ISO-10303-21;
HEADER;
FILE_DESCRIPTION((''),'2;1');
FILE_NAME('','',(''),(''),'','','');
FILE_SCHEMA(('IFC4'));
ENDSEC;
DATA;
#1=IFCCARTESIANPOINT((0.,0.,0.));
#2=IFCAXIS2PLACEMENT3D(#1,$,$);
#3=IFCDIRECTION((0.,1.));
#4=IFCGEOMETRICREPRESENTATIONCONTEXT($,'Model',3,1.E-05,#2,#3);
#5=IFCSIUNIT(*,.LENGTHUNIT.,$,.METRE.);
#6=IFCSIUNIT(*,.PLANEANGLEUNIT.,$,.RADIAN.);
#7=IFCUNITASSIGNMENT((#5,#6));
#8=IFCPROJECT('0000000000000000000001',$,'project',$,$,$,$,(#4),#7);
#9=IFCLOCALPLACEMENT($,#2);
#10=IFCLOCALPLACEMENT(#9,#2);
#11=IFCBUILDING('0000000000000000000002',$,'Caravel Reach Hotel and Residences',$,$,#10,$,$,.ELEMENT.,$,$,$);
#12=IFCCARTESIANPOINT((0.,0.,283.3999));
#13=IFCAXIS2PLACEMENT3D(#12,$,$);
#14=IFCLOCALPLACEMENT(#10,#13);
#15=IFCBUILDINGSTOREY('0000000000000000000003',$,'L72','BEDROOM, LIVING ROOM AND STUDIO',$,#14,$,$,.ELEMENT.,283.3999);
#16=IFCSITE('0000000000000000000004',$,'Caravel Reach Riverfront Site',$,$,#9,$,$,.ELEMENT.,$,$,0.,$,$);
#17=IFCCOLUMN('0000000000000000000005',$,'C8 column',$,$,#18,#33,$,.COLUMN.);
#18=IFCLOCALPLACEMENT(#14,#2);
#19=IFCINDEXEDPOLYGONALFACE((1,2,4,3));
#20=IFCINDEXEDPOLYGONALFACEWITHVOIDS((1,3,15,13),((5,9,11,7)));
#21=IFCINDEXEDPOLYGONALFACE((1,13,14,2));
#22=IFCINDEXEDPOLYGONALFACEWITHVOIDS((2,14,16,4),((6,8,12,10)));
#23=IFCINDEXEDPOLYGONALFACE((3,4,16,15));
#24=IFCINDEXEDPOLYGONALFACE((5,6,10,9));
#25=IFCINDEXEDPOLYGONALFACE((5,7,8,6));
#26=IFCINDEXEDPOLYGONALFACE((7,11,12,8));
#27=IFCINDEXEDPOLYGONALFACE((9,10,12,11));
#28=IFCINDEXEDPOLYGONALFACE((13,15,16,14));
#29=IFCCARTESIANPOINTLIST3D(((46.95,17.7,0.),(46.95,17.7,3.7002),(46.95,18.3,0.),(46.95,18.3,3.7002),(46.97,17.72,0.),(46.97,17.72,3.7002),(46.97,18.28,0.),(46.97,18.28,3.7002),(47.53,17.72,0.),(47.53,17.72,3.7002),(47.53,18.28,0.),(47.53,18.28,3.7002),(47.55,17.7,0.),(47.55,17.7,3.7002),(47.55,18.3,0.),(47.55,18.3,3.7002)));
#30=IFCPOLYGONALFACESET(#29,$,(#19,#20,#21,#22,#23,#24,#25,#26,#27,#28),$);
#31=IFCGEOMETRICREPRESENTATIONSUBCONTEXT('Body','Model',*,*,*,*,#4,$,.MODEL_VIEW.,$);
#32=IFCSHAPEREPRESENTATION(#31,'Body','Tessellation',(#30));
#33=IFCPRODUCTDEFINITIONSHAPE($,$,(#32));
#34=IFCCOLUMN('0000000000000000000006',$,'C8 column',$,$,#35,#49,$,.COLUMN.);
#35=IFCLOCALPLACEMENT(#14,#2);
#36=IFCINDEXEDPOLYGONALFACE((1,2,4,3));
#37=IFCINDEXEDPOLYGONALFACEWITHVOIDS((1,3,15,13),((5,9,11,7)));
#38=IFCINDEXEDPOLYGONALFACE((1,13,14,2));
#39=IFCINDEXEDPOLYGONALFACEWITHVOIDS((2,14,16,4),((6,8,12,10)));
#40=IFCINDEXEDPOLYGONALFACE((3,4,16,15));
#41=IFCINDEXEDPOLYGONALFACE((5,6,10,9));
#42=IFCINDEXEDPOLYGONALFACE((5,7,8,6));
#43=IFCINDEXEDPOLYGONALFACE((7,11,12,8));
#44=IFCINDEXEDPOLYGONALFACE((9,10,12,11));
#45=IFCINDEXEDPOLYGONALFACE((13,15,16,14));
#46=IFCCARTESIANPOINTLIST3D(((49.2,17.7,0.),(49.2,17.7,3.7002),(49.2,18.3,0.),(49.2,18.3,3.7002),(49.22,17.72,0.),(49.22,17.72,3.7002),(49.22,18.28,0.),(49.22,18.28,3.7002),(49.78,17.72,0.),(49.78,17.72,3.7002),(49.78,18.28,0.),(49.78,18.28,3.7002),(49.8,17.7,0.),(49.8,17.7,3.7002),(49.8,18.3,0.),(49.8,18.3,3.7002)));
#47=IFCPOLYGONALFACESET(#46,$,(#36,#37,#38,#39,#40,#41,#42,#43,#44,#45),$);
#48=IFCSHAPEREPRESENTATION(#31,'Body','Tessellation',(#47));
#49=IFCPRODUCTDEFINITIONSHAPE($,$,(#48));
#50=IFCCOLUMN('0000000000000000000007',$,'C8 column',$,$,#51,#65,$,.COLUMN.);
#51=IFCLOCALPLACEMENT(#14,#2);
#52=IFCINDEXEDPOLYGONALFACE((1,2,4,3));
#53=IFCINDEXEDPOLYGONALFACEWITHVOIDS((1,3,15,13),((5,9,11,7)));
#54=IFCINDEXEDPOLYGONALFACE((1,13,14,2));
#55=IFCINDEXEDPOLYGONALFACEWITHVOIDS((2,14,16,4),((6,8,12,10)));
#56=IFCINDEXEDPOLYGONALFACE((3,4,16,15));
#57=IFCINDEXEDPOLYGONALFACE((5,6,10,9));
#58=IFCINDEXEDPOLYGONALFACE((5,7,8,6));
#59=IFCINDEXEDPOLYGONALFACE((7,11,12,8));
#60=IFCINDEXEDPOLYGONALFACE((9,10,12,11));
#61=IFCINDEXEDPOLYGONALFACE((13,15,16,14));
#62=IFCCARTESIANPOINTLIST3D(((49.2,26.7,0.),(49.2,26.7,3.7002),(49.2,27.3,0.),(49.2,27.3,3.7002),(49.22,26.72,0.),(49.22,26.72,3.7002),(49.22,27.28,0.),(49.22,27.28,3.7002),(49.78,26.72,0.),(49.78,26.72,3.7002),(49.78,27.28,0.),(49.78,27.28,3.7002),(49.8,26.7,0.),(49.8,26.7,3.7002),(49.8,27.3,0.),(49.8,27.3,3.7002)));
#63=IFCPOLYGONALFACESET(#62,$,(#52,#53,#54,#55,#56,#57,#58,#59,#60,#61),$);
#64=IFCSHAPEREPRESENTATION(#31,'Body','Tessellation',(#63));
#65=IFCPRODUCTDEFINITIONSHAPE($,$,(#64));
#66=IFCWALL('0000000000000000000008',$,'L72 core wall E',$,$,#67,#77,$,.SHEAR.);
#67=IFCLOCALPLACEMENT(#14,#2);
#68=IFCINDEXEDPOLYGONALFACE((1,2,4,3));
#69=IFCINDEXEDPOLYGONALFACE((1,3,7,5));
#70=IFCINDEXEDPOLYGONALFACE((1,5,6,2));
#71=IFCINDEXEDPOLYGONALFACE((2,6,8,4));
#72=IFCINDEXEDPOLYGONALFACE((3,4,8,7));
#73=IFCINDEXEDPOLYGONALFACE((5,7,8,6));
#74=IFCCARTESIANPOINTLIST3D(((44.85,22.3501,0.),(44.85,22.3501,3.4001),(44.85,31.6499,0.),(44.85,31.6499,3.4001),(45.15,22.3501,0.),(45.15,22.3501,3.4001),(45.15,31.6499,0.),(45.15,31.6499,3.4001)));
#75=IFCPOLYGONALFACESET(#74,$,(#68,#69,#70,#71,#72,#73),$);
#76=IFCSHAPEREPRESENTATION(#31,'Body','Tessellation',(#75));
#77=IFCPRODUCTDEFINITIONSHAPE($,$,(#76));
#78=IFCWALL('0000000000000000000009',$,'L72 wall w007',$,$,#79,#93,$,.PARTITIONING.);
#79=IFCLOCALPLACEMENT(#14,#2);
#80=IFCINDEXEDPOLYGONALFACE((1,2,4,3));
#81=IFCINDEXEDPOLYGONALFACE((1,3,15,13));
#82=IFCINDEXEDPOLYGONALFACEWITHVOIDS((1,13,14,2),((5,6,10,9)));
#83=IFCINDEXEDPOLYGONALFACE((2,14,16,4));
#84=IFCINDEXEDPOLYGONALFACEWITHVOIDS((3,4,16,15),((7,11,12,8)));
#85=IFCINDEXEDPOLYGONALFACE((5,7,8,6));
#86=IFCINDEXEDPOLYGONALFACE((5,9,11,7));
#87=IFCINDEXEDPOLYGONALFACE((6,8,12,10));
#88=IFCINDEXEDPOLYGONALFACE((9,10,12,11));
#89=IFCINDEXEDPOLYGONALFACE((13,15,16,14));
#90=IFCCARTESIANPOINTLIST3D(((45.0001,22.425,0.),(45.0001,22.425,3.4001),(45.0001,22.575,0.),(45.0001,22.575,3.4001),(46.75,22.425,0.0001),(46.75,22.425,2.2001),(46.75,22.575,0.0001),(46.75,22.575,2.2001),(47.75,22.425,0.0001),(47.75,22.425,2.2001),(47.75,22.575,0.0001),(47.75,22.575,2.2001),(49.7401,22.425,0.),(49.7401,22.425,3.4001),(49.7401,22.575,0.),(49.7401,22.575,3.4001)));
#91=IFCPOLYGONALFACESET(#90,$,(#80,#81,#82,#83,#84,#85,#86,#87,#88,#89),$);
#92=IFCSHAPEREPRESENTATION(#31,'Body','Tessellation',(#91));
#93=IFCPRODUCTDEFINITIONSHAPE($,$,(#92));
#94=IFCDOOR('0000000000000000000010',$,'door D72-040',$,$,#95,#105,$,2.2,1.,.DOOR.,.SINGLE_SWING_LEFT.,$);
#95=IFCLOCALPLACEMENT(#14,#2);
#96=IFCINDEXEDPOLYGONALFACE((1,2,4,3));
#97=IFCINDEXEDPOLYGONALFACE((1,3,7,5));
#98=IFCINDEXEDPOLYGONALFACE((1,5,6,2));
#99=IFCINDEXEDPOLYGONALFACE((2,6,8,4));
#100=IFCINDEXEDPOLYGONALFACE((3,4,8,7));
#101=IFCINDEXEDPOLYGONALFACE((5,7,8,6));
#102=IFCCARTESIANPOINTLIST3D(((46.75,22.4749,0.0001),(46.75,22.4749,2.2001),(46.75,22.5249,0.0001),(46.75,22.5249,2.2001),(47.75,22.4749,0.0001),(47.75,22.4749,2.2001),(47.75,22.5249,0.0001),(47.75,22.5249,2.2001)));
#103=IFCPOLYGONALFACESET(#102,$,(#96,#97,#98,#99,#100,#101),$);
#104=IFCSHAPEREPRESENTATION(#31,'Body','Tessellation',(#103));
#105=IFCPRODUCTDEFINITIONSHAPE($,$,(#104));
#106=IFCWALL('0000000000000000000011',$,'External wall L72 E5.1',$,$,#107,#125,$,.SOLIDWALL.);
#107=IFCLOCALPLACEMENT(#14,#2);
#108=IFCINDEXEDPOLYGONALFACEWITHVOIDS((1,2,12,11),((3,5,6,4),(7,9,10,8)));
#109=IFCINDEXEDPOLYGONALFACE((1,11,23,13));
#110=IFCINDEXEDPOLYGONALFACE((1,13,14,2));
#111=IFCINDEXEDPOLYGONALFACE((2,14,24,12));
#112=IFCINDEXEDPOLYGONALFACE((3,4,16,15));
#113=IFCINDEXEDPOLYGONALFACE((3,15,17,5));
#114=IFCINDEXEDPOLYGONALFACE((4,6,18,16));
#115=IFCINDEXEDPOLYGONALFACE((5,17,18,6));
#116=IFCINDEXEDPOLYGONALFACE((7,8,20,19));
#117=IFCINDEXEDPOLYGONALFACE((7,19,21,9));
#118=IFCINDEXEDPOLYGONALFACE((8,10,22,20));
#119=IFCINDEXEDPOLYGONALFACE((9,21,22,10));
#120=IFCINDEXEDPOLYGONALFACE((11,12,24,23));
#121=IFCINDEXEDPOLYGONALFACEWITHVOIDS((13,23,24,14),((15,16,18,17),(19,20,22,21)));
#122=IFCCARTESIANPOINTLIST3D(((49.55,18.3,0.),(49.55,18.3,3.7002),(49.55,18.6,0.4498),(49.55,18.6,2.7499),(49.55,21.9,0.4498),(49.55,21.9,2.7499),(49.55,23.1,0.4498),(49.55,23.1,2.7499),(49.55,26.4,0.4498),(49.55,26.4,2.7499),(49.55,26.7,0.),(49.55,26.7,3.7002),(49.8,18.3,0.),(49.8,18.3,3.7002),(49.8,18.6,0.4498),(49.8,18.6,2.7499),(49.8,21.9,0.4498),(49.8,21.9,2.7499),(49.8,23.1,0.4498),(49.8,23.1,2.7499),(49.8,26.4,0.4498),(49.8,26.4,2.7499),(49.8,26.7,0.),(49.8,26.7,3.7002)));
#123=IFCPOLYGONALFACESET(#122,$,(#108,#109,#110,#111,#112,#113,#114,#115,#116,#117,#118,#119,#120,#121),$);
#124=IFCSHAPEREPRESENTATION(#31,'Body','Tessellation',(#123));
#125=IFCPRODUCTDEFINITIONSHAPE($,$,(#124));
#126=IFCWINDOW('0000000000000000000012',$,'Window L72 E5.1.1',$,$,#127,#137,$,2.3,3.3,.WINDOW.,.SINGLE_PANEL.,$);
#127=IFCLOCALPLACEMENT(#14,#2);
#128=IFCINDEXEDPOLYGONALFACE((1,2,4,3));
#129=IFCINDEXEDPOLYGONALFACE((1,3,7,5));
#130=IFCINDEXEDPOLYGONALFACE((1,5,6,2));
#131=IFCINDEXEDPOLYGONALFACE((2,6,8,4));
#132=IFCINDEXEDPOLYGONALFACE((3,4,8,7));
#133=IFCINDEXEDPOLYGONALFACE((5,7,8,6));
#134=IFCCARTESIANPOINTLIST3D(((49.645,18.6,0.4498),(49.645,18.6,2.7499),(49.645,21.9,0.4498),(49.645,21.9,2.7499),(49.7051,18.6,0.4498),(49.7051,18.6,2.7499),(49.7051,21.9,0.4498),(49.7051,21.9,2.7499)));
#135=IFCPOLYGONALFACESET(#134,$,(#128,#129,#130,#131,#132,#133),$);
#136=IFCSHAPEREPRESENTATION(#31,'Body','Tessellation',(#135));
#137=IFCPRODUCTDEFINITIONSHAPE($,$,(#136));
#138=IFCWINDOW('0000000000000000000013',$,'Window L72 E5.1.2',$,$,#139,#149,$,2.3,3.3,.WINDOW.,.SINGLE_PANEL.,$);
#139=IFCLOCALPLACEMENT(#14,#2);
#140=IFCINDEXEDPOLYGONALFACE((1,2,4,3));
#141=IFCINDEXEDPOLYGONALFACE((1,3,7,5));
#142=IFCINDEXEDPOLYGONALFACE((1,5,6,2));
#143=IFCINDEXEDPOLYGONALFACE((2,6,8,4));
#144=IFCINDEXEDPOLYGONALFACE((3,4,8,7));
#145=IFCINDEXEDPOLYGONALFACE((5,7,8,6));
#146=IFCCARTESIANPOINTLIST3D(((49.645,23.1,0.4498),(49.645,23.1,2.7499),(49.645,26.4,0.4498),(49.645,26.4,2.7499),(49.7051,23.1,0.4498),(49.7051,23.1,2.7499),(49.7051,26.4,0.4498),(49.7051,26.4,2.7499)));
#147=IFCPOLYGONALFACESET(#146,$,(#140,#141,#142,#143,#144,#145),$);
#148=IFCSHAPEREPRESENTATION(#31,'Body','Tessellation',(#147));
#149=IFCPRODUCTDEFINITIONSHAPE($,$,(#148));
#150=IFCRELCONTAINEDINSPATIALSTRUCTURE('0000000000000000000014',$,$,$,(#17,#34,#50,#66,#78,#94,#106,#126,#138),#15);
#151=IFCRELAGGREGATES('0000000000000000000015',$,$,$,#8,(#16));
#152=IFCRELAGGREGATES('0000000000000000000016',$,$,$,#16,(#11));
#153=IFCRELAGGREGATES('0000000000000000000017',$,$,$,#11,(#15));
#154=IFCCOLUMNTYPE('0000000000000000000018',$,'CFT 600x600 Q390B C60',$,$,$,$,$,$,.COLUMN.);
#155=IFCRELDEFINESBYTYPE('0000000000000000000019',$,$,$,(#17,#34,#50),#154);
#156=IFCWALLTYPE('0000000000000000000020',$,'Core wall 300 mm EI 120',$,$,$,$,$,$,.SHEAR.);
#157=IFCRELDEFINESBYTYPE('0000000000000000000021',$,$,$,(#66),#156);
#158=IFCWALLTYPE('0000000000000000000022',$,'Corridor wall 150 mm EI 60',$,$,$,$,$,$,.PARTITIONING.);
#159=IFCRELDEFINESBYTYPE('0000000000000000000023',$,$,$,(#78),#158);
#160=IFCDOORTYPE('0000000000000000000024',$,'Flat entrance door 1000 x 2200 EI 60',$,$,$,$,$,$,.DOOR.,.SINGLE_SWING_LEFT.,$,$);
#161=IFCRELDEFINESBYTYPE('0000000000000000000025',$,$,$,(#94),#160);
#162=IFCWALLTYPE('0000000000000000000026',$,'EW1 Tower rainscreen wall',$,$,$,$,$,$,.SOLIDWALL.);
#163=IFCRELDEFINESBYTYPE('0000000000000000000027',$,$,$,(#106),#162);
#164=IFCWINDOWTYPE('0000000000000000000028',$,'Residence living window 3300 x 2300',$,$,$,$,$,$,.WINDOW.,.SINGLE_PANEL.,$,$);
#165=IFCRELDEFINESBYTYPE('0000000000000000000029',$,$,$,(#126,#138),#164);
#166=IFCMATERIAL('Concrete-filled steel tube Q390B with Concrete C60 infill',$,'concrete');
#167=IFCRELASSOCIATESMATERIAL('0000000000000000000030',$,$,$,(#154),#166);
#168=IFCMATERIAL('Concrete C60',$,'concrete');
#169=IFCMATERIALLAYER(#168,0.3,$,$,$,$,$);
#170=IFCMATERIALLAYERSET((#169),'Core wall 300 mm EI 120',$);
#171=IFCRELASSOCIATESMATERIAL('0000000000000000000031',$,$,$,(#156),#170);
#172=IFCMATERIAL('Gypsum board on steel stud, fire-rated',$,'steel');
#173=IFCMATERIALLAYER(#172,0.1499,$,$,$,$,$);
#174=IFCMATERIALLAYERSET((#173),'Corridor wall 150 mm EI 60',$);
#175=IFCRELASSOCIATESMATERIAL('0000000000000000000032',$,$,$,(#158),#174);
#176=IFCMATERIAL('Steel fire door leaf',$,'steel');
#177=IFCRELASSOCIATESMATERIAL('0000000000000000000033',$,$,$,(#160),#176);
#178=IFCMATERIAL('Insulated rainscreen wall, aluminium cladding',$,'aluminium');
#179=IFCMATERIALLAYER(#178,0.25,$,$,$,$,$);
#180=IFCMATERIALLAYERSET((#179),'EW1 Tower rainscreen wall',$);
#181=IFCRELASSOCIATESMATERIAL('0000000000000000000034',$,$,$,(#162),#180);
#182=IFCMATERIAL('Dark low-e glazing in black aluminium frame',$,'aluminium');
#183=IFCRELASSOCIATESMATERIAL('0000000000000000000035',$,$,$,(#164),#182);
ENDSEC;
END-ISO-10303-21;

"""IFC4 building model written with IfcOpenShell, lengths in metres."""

from ifc_helpers import new_model, si_unit, direction, frame, frame_2d, origin, origin_2d, place, context, subcontext, project, spatial, rectangle, hollow_rectangle, extrude, material, layer, layer_set, material_profile, profile_set, type_object, element, fill, save


model = new_model("IFC4")

# Units and contexts
model_context = context("Model", 3, precision=1e-05, world=origin(), true_north=direction((0.0, 1.0)))
body_context = subcontext(model_context, "Body", "Model", "MODEL_VIEW")
ifc_project = project(units=[si_unit("LENGTHUNIT", "METRE"), si_unit("PLANEANGLEUNIT", "RADIAN")], contexts=[model_context])

# Site, building, storey
site_placement = place(None, origin())
site = spatial("IfcSite", under=ifc_project, at=site_placement, Name="Caravel Reach Riverfront Site", CompositionType="ELEMENT", RefElevation=0.0)
building_placement = place(site_placement, origin())
building = spatial("IfcBuilding", under=site, at=building_placement, Name="Caravel Reach Hotel and Residences", CompositionType="ELEMENT")
storey_placement = place(building_placement, frame((0.0, 0.0, 283.3999)))
storey = spatial("IfcBuildingStorey", under=building, at=storey_placement, Name="L72", Description="BEDROOM, LIVING ROOM AND STUDIO", CompositionType="ELEMENT", Elevation=283.3999)

# Columns
ifc_material_1 = material(Name="Concrete-filled steel tube Q390B with Concrete C60 infill", Category="concrete")
ifc_material_profile = material_profile(ifc_material_1, hollow_rectangle(XDim=0.6001, YDim=0.6001, WallThickness=0.02, at=origin_2d()), Name="RHS 600x600x20")
ifc_profile_set = profile_set([ifc_material_profile], Name="Concrete-filled steel tube Q390B with Concrete C60 infill")
column_type = type_object("IfcColumnType", Name="CFT 600x600 Q390B C60", PredefinedType="COLUMN", material=ifc_profile_set)
for number, where, z_axis, x_axis, name in (
    (1, (47.25, 18.0, 0.0), (0.0, 0.0, 1.0), (1.0, 0.0, 0.0), "C8 column"),
    (2, (49.5, 18.0, 0.0), (0.0, 0.0, 1.0), (1.0, 0.0, 0.0), "C8 column"),
    (3, (49.5, 27.0, 0.0), (0.0, 0.0, 1.0), (1.0, 0.0, 0.0), "C8 column"),
):
    element("IfcColumn", number, at=place(storey_placement, frame(where, z_axis=z_axis, x_axis=x_axis)), inside=storey, type_object=column_type, Name=name, PredefinedType="COLUMN", context=body_context, shape_type="SweptSolid", body=[
        extrude(hollow_rectangle(XDim=0.6001, YDim=0.6001, WallThickness=0.02, at=origin_2d()), origin(), (0.0, 0.0, 1.0), 3.7002),
    ])

# Wall
ifc_material_2 = material(Name="Concrete C60", Category="concrete")
ifc_layer_1 = layer(ifc_material_2, 0.3)
ifc_layer_set_1 = layer_set([ifc_layer_1], Name="Core wall 300 mm EI 120")
wall_type_1 = type_object("IfcWallType", Name="Core wall 300 mm EI 120", PredefinedType="SHEAR", material=ifc_layer_set_1)
wall_1_placement = place(storey_placement, frame((45.0, 22.3501, 0.0), z_axis=(0.0, 0.0, 1.0), x_axis=(0.0, 1.0, 0.0)))
element("IfcWall", 4, at=wall_1_placement, inside=storey, type_object=wall_type_1, Name="L72 core wall E", PredefinedType="SHEAR", context=body_context, shape_type="SweptSolid", body=[
    extrude(rectangle(XDim=9.2998, YDim=0.3, at=frame_2d((4.6499, 0.0))), origin(), (0.0, 0.0, 1.0), 3.4001),
])

# Wall, opening, door
ifc_material_3 = material(Name="Gypsum board on steel stud, fire-rated", Category="steel")
ifc_layer_2 = layer(ifc_material_3, 0.1499)
ifc_layer_set_2 = layer_set([ifc_layer_2], Name="Corridor wall 150 mm EI 60")
wall_type_2 = type_object("IfcWallType", Name="Corridor wall 150 mm EI 60", PredefinedType="PARTITIONING", material=ifc_layer_set_2)
wall_2_placement = place(storey_placement, frame((45.0, 22.5, 0.0), z_axis=(0.0, 0.0, 1.0), x_axis=(1.0, 0.0, 0.0)))
wall_2 = element("IfcWall", 5, at=wall_2_placement, inside=storey, type_object=wall_type_2, Name="L72 wall w007", PredefinedType="PARTITIONING", context=body_context, shape_type="SweptSolid", body=[
    extrude(rectangle(XDim=4.74, YDim=0.1499, at=frame_2d((2.3701, 0.0))), origin(), (0.0, 0.0, 1.0), 3.4001),
])
opening_1_placement = place(wall_2_placement, frame((1.75, 0.0, 0.0)))
opening_1 = element("IfcOpeningElement", 6, at=opening_1_placement, cuts=wall_2, PredefinedType="OPENING", context=body_context, shape_type="SweptSolid", body=[
    extrude(rectangle(XDim=1.0, YDim=2.2, at=frame_2d((0.5, 1.1001))), frame((0.0, 0.085, 0.0), z_axis=(0.0, -1.0, 0.0), x_axis=(1.0, 0.0, 0.0)), (0.0, 0.0, 1.0), 0.1699),
])
ifc_material_4 = material(Name="Steel fire door leaf", Category="steel")
door_type = type_object("IfcDoorType", Name="Flat entrance door 1000 x 2200 EI 60", OperationType="SINGLE_SWING_LEFT", PredefinedType="DOOR", material=ifc_material_4)
door_placement = place(opening_1_placement, origin())
door = element("IfcDoor", 7, at=door_placement, inside=storey, type_object=door_type, Name="door D72-040", OperationType="SINGLE_SWING_LEFT", OverallHeight=2.2, OverallWidth=1.0, PredefinedType="DOOR", context=body_context, shape_type="SweptSolid", body=[
    extrude(rectangle(XDim=1.0, YDim=2.2, at=frame_2d((0.5, 1.1001))), frame((0.0, 0.0249, 0.0), z_axis=(0.0, -1.0, 0.0), x_axis=(1.0, 0.0, 0.0)), (0.0, 0.0, 1.0), 0.05),
])
fill(opening_1, door)

# Wall, openings, windows
ifc_material_5 = material(Name="Insulated rainscreen wall, aluminium cladding", Category="aluminium")
ifc_layer_3 = layer(ifc_material_5, 0.25)
ifc_layer_set_3 = layer_set([ifc_layer_3], Name="EW1 Tower rainscreen wall")
wall_type_3 = type_object("IfcWallType", Name="EW1 Tower rainscreen wall", PredefinedType="SOLIDWALL", material=ifc_layer_set_3)
wall_3_placement = place(storey_placement, frame((49.675, 18.3, 0.0), z_axis=(0.0, 0.0, 1.0), x_axis=(0.0, 1.0, 0.0)))
wall_3 = element("IfcWall", 8, at=wall_3_placement, inside=storey, type_object=wall_type_3, Name="External wall L72 E5.1", PredefinedType="SOLIDWALL", context=body_context, shape_type="SweptSolid", body=[
    extrude(rectangle(XDim=8.3999, YDim=0.25, at=frame_2d((4.2, 0.0))), origin(), (0.0, 0.0, 1.0), 3.7002),
])
opening_2_placement = place(wall_3_placement, frame((0.3, 0.0, 0.45)))
opening_2 = element("IfcOpeningElement", 9, at=opening_2_placement, cuts=wall_3, PredefinedType="OPENING", context=body_context, shape_type="SweptSolid", body=[
    extrude(rectangle(XDim=3.3, YDim=2.3, at=frame_2d((1.6499, 1.1499))), frame((0.0, 0.135, 0.0), z_axis=(0.0, -1.0, 0.0), x_axis=(1.0, 0.0, 0.0)), (0.0, 0.0, 1.0), 0.27),
])
opening_3_placement = place(wall_3_placement, frame((4.8, 0.0, 0.45)))
opening_3 = element("IfcOpeningElement", 10, at=opening_3_placement, cuts=wall_3, PredefinedType="OPENING", context=body_context, shape_type="SweptSolid", body=[
    extrude(rectangle(XDim=3.3, YDim=2.3, at=frame_2d((1.6499, 1.1499))), frame((0.0, 0.135, 0.0), z_axis=(0.0, -1.0, 0.0), x_axis=(1.0, 0.0, 0.0)), (0.0, 0.0, 1.0), 0.27),
])
ifc_material_6 = material(Name="Dark low-e glazing in black aluminium frame", Category="aluminium")
window_type = type_object("IfcWindowType", Name="Residence living window 3300 x 2300", PartitioningType="SINGLE_PANEL", PredefinedType="WINDOW", material=ifc_material_6)
window_1_placement = place(opening_2_placement, origin())
window_1 = element("IfcWindow", 11, at=window_1_placement, inside=storey, type_object=window_type, Name="Window L72 E5.1.1", OverallHeight=2.3, OverallWidth=3.3, PartitioningType="SINGLE_PANEL", PredefinedType="WINDOW", context=body_context, shape_type="SweptSolid", body=[
    extrude(rectangle(XDim=3.3, YDim=2.3, at=frame_2d((1.6499, 1.1499))), frame((0.0, 0.03, 0.0), z_axis=(0.0, -1.0, 0.0), x_axis=(1.0, 0.0, 0.0)), (0.0, 0.0, 1.0), 0.0601),
])
fill(opening_2, window_1)
window_2_placement = place(opening_3_placement, origin())
window_2 = element("IfcWindow", 12, at=window_2_placement, inside=storey, type_object=window_type, Name="Window L72 E5.1.2", OverallHeight=2.3, OverallWidth=3.3, PartitioningType="SINGLE_PANEL", PredefinedType="WINDOW", context=body_context, shape_type="SweptSolid", body=[
    extrude(rectangle(XDim=3.3, YDim=2.3, at=frame_2d((1.6499, 1.1499))), frame((0.0, 0.03, 0.0), z_axis=(0.0, -1.0, 0.0), x_axis=(1.0, 0.0, 0.0)), (0.0, 0.0, 1.0), 0.0601),
])
fill(opening_3, window_2)

save(model, "model.ifc")
